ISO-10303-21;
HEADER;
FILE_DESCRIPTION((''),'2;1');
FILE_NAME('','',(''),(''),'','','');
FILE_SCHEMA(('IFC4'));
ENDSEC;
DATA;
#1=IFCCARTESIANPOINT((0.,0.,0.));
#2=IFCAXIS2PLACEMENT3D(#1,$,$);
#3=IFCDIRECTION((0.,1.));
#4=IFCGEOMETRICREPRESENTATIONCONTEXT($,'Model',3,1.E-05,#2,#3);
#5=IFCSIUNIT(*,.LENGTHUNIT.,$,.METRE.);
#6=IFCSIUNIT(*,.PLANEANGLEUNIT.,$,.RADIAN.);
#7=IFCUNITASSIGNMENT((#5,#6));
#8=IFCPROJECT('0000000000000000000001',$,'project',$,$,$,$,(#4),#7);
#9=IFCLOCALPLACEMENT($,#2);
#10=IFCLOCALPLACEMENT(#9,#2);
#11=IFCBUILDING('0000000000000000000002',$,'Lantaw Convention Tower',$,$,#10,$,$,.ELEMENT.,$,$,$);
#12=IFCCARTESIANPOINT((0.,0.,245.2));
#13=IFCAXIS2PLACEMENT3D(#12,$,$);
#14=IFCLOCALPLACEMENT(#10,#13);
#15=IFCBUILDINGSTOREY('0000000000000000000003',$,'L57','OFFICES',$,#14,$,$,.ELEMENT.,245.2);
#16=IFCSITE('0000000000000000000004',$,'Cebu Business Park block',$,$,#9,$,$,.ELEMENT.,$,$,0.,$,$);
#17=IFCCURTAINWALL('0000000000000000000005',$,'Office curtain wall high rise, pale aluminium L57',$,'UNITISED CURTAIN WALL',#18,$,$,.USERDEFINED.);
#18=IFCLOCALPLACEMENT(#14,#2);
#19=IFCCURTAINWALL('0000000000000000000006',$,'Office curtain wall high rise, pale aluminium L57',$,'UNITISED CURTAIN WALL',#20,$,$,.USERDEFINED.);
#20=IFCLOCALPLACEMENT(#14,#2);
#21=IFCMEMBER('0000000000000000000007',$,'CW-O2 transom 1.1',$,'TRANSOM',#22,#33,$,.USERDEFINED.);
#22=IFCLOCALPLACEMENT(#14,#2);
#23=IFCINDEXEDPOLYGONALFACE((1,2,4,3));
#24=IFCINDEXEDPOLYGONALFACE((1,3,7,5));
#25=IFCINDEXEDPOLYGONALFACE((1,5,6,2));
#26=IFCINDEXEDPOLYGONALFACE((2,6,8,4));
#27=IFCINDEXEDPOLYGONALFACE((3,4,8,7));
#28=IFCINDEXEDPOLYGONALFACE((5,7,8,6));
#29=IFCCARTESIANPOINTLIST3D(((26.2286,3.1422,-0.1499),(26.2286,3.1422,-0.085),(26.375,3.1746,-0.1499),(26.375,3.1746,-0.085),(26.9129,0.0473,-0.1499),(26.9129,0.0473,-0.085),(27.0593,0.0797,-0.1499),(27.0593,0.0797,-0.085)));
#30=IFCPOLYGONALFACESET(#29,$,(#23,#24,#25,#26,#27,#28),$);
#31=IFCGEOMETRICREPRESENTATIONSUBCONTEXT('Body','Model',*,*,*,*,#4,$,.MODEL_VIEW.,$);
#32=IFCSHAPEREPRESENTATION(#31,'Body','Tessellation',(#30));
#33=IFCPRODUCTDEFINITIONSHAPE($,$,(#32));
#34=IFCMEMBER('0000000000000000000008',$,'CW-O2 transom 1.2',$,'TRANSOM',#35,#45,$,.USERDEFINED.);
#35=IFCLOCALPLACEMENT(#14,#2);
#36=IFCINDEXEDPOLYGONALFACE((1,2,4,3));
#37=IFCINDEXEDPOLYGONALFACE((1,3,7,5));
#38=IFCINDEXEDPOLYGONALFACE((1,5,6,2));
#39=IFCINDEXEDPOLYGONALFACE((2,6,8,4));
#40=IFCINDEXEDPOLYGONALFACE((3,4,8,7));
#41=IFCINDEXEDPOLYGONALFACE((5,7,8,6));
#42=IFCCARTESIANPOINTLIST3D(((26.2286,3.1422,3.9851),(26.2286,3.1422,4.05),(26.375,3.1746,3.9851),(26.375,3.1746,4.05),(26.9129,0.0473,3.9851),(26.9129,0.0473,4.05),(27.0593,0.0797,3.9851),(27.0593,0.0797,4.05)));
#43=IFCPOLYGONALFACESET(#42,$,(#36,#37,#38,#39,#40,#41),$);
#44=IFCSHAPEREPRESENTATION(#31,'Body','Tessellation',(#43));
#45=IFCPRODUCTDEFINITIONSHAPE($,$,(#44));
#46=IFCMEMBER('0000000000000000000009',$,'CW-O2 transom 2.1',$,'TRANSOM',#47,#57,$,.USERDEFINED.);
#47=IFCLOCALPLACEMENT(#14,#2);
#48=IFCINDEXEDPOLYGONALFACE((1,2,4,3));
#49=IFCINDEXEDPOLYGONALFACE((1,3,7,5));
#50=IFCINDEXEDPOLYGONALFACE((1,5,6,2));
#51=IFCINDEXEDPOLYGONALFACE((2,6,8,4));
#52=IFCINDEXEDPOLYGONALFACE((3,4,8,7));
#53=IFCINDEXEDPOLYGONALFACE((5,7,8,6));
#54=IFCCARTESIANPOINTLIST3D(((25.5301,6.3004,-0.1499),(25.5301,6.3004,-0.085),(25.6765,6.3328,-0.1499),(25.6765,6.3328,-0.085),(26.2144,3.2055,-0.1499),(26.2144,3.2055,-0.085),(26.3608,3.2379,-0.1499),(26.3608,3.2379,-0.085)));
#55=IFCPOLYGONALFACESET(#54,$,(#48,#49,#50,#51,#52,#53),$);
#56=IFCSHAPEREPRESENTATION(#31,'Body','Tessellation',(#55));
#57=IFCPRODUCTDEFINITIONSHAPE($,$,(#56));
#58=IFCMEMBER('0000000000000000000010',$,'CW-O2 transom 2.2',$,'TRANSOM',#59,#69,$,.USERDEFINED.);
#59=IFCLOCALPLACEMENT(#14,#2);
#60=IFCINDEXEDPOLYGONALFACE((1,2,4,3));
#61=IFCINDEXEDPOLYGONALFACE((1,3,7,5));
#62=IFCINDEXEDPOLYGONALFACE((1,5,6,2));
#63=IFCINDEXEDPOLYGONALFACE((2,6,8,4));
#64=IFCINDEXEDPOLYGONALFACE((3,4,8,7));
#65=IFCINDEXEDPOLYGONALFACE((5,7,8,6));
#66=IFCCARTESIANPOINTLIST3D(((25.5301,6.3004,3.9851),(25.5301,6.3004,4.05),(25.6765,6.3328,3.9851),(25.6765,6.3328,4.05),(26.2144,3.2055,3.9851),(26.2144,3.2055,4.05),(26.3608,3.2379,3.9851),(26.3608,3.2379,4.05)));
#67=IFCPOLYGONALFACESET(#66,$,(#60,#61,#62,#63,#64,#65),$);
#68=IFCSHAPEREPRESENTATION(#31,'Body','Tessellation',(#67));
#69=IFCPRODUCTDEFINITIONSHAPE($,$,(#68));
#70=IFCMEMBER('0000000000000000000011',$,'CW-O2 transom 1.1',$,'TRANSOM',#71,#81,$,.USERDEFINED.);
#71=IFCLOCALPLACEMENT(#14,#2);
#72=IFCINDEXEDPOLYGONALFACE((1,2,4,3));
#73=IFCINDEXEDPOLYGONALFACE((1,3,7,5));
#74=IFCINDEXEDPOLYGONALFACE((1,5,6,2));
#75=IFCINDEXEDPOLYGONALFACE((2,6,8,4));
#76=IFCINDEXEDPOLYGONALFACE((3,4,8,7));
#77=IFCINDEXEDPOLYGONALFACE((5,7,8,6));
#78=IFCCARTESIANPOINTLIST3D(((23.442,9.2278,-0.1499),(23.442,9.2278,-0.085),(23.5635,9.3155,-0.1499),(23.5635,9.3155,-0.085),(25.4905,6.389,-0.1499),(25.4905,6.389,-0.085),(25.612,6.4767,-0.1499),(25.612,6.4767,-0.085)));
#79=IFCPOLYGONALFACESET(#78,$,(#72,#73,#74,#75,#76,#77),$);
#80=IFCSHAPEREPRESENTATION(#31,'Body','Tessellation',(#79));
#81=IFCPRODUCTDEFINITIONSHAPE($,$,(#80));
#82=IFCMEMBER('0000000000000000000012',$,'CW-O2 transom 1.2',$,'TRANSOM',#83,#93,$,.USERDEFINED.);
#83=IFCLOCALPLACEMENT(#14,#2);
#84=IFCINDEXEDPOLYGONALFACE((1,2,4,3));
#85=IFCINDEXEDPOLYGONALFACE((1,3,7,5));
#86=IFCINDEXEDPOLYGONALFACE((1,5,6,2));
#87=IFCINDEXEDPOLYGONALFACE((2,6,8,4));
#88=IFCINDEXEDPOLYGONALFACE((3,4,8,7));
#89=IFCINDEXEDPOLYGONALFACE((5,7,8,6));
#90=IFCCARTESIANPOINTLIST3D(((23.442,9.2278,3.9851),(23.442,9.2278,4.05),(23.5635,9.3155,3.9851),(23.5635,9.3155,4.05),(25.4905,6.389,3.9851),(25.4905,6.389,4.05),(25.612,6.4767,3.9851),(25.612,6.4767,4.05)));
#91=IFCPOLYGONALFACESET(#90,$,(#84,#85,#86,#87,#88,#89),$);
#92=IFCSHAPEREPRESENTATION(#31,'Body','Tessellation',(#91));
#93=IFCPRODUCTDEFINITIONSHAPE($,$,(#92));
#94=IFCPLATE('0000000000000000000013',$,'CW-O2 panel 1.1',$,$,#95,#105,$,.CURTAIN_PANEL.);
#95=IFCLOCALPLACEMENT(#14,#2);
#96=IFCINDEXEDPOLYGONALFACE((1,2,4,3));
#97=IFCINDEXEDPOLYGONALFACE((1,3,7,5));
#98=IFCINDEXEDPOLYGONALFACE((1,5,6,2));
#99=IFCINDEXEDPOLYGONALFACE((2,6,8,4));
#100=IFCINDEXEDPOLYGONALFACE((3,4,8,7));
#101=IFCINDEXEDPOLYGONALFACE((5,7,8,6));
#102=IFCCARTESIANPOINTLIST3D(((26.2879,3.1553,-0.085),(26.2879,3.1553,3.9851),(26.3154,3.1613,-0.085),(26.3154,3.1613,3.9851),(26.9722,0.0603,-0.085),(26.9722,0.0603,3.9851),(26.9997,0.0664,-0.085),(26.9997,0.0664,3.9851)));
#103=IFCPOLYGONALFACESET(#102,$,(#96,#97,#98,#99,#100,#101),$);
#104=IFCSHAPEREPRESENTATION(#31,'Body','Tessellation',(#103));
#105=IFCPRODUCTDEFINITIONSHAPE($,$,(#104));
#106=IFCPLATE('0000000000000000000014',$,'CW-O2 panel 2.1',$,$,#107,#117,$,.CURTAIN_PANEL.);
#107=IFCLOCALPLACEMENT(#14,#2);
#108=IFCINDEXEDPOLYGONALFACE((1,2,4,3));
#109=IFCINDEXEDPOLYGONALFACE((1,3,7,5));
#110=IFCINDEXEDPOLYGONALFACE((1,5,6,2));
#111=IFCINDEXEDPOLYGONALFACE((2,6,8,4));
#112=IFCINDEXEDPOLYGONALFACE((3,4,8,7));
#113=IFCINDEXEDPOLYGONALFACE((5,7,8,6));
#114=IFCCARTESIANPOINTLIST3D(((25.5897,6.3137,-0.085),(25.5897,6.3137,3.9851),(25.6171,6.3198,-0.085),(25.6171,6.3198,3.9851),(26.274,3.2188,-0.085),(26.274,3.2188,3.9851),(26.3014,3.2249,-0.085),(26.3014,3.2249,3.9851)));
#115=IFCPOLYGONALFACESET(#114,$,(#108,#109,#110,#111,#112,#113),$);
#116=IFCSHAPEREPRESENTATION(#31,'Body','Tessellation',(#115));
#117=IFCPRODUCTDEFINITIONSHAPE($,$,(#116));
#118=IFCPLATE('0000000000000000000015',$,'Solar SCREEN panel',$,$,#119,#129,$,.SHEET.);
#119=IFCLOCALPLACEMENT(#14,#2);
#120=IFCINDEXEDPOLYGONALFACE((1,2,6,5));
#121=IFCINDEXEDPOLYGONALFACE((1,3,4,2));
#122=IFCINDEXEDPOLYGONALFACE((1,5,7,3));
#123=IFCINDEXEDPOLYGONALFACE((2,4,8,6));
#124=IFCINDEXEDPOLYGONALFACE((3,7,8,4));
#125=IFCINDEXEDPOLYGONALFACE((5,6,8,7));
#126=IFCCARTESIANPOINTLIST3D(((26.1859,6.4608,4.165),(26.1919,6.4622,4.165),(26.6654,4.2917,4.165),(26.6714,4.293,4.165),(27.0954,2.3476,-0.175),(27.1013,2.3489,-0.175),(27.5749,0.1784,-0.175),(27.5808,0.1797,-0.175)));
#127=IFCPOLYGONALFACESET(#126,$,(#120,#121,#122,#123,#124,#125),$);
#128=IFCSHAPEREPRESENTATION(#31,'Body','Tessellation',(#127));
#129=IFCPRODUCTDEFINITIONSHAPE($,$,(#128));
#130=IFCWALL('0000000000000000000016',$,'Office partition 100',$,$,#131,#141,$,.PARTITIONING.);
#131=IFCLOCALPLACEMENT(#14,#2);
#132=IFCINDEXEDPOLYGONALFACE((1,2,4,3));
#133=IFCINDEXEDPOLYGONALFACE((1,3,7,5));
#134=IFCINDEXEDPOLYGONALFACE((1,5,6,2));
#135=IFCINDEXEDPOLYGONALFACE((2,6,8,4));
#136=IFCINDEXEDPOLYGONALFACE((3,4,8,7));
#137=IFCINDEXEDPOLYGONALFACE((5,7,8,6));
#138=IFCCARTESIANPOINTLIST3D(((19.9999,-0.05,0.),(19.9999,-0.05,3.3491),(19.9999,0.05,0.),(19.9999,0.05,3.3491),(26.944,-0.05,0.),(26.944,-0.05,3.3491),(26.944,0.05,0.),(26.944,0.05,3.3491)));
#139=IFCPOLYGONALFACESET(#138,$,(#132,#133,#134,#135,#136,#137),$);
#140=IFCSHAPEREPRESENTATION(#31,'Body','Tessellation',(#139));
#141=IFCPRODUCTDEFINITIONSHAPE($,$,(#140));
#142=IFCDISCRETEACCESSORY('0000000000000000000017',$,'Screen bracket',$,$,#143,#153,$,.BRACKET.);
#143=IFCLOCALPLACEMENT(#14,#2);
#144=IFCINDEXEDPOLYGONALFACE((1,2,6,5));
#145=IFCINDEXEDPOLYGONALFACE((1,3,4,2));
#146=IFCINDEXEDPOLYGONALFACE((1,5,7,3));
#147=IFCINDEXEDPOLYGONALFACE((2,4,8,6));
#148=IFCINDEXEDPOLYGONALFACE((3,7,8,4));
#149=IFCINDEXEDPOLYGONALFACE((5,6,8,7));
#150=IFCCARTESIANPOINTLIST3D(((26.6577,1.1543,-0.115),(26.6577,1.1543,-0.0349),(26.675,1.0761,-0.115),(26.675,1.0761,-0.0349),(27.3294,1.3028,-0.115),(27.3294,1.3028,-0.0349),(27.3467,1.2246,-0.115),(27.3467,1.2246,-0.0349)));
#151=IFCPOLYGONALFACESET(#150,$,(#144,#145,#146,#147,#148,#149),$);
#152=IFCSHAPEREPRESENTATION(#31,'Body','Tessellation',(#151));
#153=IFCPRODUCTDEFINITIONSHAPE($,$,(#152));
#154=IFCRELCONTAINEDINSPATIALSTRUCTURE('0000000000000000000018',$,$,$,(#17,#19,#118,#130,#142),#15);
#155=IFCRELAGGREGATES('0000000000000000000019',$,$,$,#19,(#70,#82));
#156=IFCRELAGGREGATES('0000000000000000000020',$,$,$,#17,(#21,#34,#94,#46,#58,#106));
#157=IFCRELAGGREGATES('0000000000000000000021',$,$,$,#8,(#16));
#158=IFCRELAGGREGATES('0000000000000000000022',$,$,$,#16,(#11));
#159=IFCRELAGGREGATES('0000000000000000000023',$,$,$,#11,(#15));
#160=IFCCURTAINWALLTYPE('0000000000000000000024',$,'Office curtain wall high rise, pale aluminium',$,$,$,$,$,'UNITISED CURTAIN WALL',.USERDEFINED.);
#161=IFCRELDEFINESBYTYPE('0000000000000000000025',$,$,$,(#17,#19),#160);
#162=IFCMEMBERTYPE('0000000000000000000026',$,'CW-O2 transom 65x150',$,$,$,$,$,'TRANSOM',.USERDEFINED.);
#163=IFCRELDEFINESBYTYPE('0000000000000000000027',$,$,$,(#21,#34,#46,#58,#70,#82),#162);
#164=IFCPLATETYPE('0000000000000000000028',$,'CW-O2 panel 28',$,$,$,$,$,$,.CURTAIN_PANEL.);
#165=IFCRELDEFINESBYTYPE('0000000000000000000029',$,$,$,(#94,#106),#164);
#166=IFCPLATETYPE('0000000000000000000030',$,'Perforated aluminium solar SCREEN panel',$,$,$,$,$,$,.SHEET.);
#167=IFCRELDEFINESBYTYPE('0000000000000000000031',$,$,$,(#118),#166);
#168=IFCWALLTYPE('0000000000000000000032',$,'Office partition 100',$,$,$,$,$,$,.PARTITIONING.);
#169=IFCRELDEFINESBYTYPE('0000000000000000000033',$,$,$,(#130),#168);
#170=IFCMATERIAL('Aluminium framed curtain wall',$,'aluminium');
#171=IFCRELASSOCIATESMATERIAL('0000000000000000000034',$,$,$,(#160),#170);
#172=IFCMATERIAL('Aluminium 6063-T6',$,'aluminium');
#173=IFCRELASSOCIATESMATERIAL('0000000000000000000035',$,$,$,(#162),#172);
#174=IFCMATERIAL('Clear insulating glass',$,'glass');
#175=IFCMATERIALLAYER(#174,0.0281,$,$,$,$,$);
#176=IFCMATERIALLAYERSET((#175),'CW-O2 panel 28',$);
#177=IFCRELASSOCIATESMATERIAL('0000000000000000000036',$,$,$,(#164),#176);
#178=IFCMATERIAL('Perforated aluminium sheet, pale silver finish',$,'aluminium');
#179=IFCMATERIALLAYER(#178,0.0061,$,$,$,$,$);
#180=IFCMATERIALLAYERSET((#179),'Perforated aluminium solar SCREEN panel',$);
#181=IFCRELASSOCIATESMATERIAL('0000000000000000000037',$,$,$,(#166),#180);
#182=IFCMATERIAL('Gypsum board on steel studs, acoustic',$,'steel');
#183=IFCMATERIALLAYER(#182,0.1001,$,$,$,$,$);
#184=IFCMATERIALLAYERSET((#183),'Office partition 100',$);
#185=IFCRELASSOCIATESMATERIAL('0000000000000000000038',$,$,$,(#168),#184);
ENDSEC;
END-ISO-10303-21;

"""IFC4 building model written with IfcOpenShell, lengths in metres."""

from ifc_helpers import new_model, si_unit, direction, frame, frame_2d, origin, origin_2d, place, context, subcontext, project, spatial, polyline, rectangle, outline, extrude, material, layer, layer_set, material_profile, profile_set, type_object, element, aggregate, save


model = new_model("IFC4")

# Units and contexts
model_context = context("Model", 3, precision=1e-05, world=origin(), true_north=direction((0.0, 1.0)))
body_context = subcontext(model_context, "Body", "Model", "MODEL_VIEW")
ifc_project = project(units=[si_unit("LENGTHUNIT", "METRE"), si_unit("PLANEANGLEUNIT", "RADIAN")], contexts=[model_context])

# Site, building, storey
site_placement = place(None, origin())
site = spatial("IfcSite", under=ifc_project, at=site_placement, Name="Cebu Business Park block", CompositionType="ELEMENT", RefElevation=0.0)
building_placement = place(site_placement, origin())
building = spatial("IfcBuilding", under=site, at=building_placement, Name="Lantaw Convention Tower", CompositionType="ELEMENT")
storey_placement = place(building_placement, frame((0.0, 0.0, 245.2)))
storey = spatial("IfcBuildingStorey", under=building, at=storey_placement, Name="L57", Description="OFFICES", CompositionType="ELEMENT", Elevation=245.2)

# Curtain wall
ifc_material_1 = material(Name="Aluminium framed curtain wall", Category="aluminium")
curtain_wall_type = type_object("IfcCurtainWallType", Name="Office curtain wall high rise, pale aluminium", ElementType="UNITISED CURTAIN WALL", PredefinedType="USERDEFINED", material=ifc_material_1)
curtain_wall_1_placement = place(storey_placement, origin())
curtain_wall_1 = element("IfcCurtainWall", 1, at=curtain_wall_1_placement, inside=storey, type_object=curtain_wall_type, Name="Office curtain wall high rise, pale aluminium L57", ObjectType="UNITISED CURTAIN WALL", PredefinedType="USERDEFINED")
ifc_material_2 = material(Name="Aluminium 6063-T6", Category="aluminium")

# Curtain wall
curtain_wall_2_placement = place(storey_placement, origin())
curtain_wall_2 = element("IfcCurtainWall", 2, at=curtain_wall_2_placement, inside=storey, type_object=curtain_wall_type, Name="Office curtain wall high rise, pale aluminium L57", ObjectType="UNITISED CURTAIN WALL", PredefinedType="USERDEFINED")

# Members
ifc_material_profile_1 = material_profile(ifc_material_2, rectangle(XDim=0.1499, YDim=0.0649, at=origin_2d()), Name="CW-O2 transom 65x150")
ifc_profile_set_1 = profile_set([ifc_material_profile_1], Name="Aluminium 6063-T6")
member_type_1 = type_object("IfcMemberType", Name="CW-O2 transom 65x150", ElementType="TRANSOM", PredefinedType="USERDEFINED", material=ifc_profile_set_1)
member_1_placement = place(storey_placement, frame((26.9861, 0.0635, -0.1174), z_axis=(-0.215895, 0.976417, 0.0), x_axis=(-0.976417, -0.215895, 0.0)))
member_1 = element("IfcMember", 3, at=member_1_placement, type_object=member_type_1, Name="CW-O2 transom 1.1", ObjectType="TRANSOM", PredefinedType="USERDEFINED", context=body_context, shape_type="SweptSolid", body=[
    extrude(rectangle(XDim=0.1499, YDim=0.0649, at=origin_2d()), origin(), (0.0, 0.0, 1.0), 3.1697),
])
member_2_placement = place(storey_placement, frame((26.9861, 0.0635, 4.0176), z_axis=(-0.215895, 0.976417, 0.0), x_axis=(-0.976417, -0.215895, 0.0)))
member_2 = element("IfcMember", 4, at=member_2_placement, type_object=member_type_1, Name="CW-O2 transom 1.2", ObjectType="TRANSOM", PredefinedType="USERDEFINED", context=body_context, shape_type="SweptSolid", body=[
    extrude(rectangle(XDim=0.1499, YDim=0.0649, at=origin_2d()), origin(), (0.0, 0.0, 1.0), 3.1697),
])
member_3_placement = place(storey_placement, frame((26.2876, 3.2217, -0.1174), z_axis=(-0.215895, 0.976417, 0.0), x_axis=(-0.976417, -0.215895, 0.0)))
member_3 = element("IfcMember", 5, at=member_3_placement, type_object=member_type_1, Name="CW-O2 transom 2.1", ObjectType="TRANSOM", PredefinedType="USERDEFINED", context=body_context, shape_type="SweptSolid", body=[
    extrude(rectangle(XDim=0.1499, YDim=0.0649, at=origin_2d()), origin(), (0.0, 0.0, 1.0), 3.1697),
])
member_4_placement = place(storey_placement, frame((26.2876, 3.2217, 4.0176), z_axis=(-0.215895, 0.976417, 0.0), x_axis=(-0.976417, -0.215895, 0.0)))
member_4 = element("IfcMember", 6, at=member_4_placement, type_object=member_type_1, Name="CW-O2 transom 2.2", ObjectType="TRANSOM", PredefinedType="USERDEFINED", context=body_context, shape_type="SweptSolid", body=[
    extrude(rectangle(XDim=0.1499, YDim=0.0649, at=origin_2d()), origin(), (0.0, 0.0, 1.0), 3.1697),
])
member_5_placement = place(storey_placement, frame((25.5513, 6.4329, -0.1174), z_axis=(-0.58517, 0.810911, 0.0), x_axis=(-0.810911, -0.58517, 0.0)))
member_5 = element("IfcMember", 7, at=member_5_placement, type_object=member_type_1, Name="CW-O2 transom 1.1", ObjectType="TRANSOM", PredefinedType="USERDEFINED", context=body_context, shape_type="SweptSolid", body=[
    extrude(rectangle(XDim=0.1499, YDim=0.0649, at=origin_2d()), origin(), (0.0, 0.0, 1.0), 3.5007),
])
member_6_placement = place(storey_placement, frame((25.5513, 6.4329, 4.0176), z_axis=(-0.58517, 0.810911, 0.0), x_axis=(-0.810911, -0.58517, 0.0)))
member_6 = element("IfcMember", 8, at=member_6_placement, type_object=member_type_1, Name="CW-O2 transom 1.2", ObjectType="TRANSOM", PredefinedType="USERDEFINED", context=body_context, shape_type="SweptSolid", body=[
    extrude(rectangle(XDim=0.1499, YDim=0.0649, at=origin_2d()), origin(), (0.0, 0.0, 1.0), 3.5007),
])
aggregate(curtain_wall_2, [member_5, member_6])

# Plates
ifc_material_3 = material(Name="Clear insulating glass", Category="glass")
ifc_layer_1 = layer(ifc_material_3, 0.0281)
ifc_layer_set_1 = layer_set([ifc_layer_1], Name="CW-O2 panel 28")
plate_type_1 = type_object("IfcPlateType", Name="CW-O2 panel 28", PredefinedType="CURTAIN_PANEL", material=ifc_layer_set_1)
plate_1_placement = place(storey_placement, frame((26.6438, 1.6108, -0.085), z_axis=(0.0, 0.0, 1.0), x_axis=(-0.215891, 0.976417, 0.0)))
plate_1 = element("IfcPlate", 9, at=plate_1_placement, type_object=plate_type_1, Name="CW-O2 panel 1.1", PredefinedType="CURTAIN_PANEL", context=body_context, shape_type="SweptSolid", body=[
    extrude(rectangle(XDim=3.1697, YDim=0.0281, at=origin_2d()), origin(), (0.0, 0.0, 1.0), 4.0701),
])
plate_2_placement = place(storey_placement, frame((25.9456, 4.7693, -0.085), z_axis=(0.0, 0.0, 1.0), x_axis=(-0.215891, 0.976417, 0.0)))
plate_2 = element("IfcPlate", 10, at=plate_2_placement, type_object=plate_type_1, Name="CW-O2 panel 2.1", PredefinedType="CURTAIN_PANEL", context=body_context, shape_type="SweptSolid", body=[
    extrude(rectangle(XDim=3.1697, YDim=0.0281, at=origin_2d()), origin(), (0.0, 0.0, 1.0), 4.0701),
])
aggregate(curtain_wall_1, [member_1, member_2, plate_1, member_3, member_4, plate_2])
ifc_material_4 = material(Name="Perforated aluminium sheet, pale silver finish", Category="aluminium")
ifc_layer_2 = layer(ifc_material_4, 0.0061)
ifc_layer_set_2 = layer_set([ifc_layer_2], Name="Perforated aluminium solar SCREEN panel")
plate_type_2 = type_object("IfcPlateType", Name="Perforated aluminium solar SCREEN panel", PredefinedType="SHEET", material=ifc_layer_set_2)
plate_3_placement = place(storey_placement, frame((27.5808, 0.1797, -0.175), z_axis=(0.97643, 0.215837, 0.000044), x_axis=(-0.215837, 0.97643, 0.0)))
element("IfcPlate", 11, at=plate_3_placement, inside=storey, type_object=plate_type_2, Name="Solar SCREEN panel", PredefinedType="SHEET", context=body_context, shape_type="SweptSolid", body=[
    extrude(outline(polyline([(0.0, 0.0), (2.2216, 0.0), (6.4342, 4.3401), (4.2126, 4.3401), (0.0, 0.0)])), origin(), (0.0, 0.0, -1.0), 0.0061),
])

# Wall
ifc_material_5 = material(Name="Gypsum board on steel studs, acoustic", Category="steel")
ifc_layer_3 = layer(ifc_material_5, 0.1001)
ifc_layer_set_3 = layer_set([ifc_layer_3], Name="Office partition 100")
wall_type = type_object("IfcWallType", Name="Office partition 100", PredefinedType="PARTITIONING", material=ifc_layer_set_3)
wall_placement = place(storey_placement, frame((26.9441, 0.0, 0.0), z_axis=(0.0, 0.0, 1.0), x_axis=(-1.0, 0.0, 0.0)))
element("IfcWall", 12, at=wall_placement, inside=storey, type_object=wall_type, Name="Office partition 100", PredefinedType="PARTITIONING", context=body_context, shape_type="SweptSolid", body=[
    extrude(rectangle(XDim=6.9441, YDim=0.1001, at=frame_2d((3.4722, 0.0))), origin(), (0.0, 0.0, 1.0), 3.3491),
])

# Discrete accessory
discrete_accessory_placement = place(storey_placement, frame((27.0022, 1.1895, -0.115), z_axis=(0.0, 0.0, 1.0), x_axis=(-0.215891, 0.976417, 0.0)))
element("IfcDiscreteAccessory", 13, at=discrete_accessory_placement, inside=storey, Name="Screen bracket", PredefinedType="BRACKET", context=body_context, shape_type="SweptSolid", body=[
    extrude(rectangle(XDim=0.0801, YDim=0.688, at=origin_2d()), origin(), (0.0, 0.0, 1.0), 0.0801),
])

save(model, "model.ifc")
